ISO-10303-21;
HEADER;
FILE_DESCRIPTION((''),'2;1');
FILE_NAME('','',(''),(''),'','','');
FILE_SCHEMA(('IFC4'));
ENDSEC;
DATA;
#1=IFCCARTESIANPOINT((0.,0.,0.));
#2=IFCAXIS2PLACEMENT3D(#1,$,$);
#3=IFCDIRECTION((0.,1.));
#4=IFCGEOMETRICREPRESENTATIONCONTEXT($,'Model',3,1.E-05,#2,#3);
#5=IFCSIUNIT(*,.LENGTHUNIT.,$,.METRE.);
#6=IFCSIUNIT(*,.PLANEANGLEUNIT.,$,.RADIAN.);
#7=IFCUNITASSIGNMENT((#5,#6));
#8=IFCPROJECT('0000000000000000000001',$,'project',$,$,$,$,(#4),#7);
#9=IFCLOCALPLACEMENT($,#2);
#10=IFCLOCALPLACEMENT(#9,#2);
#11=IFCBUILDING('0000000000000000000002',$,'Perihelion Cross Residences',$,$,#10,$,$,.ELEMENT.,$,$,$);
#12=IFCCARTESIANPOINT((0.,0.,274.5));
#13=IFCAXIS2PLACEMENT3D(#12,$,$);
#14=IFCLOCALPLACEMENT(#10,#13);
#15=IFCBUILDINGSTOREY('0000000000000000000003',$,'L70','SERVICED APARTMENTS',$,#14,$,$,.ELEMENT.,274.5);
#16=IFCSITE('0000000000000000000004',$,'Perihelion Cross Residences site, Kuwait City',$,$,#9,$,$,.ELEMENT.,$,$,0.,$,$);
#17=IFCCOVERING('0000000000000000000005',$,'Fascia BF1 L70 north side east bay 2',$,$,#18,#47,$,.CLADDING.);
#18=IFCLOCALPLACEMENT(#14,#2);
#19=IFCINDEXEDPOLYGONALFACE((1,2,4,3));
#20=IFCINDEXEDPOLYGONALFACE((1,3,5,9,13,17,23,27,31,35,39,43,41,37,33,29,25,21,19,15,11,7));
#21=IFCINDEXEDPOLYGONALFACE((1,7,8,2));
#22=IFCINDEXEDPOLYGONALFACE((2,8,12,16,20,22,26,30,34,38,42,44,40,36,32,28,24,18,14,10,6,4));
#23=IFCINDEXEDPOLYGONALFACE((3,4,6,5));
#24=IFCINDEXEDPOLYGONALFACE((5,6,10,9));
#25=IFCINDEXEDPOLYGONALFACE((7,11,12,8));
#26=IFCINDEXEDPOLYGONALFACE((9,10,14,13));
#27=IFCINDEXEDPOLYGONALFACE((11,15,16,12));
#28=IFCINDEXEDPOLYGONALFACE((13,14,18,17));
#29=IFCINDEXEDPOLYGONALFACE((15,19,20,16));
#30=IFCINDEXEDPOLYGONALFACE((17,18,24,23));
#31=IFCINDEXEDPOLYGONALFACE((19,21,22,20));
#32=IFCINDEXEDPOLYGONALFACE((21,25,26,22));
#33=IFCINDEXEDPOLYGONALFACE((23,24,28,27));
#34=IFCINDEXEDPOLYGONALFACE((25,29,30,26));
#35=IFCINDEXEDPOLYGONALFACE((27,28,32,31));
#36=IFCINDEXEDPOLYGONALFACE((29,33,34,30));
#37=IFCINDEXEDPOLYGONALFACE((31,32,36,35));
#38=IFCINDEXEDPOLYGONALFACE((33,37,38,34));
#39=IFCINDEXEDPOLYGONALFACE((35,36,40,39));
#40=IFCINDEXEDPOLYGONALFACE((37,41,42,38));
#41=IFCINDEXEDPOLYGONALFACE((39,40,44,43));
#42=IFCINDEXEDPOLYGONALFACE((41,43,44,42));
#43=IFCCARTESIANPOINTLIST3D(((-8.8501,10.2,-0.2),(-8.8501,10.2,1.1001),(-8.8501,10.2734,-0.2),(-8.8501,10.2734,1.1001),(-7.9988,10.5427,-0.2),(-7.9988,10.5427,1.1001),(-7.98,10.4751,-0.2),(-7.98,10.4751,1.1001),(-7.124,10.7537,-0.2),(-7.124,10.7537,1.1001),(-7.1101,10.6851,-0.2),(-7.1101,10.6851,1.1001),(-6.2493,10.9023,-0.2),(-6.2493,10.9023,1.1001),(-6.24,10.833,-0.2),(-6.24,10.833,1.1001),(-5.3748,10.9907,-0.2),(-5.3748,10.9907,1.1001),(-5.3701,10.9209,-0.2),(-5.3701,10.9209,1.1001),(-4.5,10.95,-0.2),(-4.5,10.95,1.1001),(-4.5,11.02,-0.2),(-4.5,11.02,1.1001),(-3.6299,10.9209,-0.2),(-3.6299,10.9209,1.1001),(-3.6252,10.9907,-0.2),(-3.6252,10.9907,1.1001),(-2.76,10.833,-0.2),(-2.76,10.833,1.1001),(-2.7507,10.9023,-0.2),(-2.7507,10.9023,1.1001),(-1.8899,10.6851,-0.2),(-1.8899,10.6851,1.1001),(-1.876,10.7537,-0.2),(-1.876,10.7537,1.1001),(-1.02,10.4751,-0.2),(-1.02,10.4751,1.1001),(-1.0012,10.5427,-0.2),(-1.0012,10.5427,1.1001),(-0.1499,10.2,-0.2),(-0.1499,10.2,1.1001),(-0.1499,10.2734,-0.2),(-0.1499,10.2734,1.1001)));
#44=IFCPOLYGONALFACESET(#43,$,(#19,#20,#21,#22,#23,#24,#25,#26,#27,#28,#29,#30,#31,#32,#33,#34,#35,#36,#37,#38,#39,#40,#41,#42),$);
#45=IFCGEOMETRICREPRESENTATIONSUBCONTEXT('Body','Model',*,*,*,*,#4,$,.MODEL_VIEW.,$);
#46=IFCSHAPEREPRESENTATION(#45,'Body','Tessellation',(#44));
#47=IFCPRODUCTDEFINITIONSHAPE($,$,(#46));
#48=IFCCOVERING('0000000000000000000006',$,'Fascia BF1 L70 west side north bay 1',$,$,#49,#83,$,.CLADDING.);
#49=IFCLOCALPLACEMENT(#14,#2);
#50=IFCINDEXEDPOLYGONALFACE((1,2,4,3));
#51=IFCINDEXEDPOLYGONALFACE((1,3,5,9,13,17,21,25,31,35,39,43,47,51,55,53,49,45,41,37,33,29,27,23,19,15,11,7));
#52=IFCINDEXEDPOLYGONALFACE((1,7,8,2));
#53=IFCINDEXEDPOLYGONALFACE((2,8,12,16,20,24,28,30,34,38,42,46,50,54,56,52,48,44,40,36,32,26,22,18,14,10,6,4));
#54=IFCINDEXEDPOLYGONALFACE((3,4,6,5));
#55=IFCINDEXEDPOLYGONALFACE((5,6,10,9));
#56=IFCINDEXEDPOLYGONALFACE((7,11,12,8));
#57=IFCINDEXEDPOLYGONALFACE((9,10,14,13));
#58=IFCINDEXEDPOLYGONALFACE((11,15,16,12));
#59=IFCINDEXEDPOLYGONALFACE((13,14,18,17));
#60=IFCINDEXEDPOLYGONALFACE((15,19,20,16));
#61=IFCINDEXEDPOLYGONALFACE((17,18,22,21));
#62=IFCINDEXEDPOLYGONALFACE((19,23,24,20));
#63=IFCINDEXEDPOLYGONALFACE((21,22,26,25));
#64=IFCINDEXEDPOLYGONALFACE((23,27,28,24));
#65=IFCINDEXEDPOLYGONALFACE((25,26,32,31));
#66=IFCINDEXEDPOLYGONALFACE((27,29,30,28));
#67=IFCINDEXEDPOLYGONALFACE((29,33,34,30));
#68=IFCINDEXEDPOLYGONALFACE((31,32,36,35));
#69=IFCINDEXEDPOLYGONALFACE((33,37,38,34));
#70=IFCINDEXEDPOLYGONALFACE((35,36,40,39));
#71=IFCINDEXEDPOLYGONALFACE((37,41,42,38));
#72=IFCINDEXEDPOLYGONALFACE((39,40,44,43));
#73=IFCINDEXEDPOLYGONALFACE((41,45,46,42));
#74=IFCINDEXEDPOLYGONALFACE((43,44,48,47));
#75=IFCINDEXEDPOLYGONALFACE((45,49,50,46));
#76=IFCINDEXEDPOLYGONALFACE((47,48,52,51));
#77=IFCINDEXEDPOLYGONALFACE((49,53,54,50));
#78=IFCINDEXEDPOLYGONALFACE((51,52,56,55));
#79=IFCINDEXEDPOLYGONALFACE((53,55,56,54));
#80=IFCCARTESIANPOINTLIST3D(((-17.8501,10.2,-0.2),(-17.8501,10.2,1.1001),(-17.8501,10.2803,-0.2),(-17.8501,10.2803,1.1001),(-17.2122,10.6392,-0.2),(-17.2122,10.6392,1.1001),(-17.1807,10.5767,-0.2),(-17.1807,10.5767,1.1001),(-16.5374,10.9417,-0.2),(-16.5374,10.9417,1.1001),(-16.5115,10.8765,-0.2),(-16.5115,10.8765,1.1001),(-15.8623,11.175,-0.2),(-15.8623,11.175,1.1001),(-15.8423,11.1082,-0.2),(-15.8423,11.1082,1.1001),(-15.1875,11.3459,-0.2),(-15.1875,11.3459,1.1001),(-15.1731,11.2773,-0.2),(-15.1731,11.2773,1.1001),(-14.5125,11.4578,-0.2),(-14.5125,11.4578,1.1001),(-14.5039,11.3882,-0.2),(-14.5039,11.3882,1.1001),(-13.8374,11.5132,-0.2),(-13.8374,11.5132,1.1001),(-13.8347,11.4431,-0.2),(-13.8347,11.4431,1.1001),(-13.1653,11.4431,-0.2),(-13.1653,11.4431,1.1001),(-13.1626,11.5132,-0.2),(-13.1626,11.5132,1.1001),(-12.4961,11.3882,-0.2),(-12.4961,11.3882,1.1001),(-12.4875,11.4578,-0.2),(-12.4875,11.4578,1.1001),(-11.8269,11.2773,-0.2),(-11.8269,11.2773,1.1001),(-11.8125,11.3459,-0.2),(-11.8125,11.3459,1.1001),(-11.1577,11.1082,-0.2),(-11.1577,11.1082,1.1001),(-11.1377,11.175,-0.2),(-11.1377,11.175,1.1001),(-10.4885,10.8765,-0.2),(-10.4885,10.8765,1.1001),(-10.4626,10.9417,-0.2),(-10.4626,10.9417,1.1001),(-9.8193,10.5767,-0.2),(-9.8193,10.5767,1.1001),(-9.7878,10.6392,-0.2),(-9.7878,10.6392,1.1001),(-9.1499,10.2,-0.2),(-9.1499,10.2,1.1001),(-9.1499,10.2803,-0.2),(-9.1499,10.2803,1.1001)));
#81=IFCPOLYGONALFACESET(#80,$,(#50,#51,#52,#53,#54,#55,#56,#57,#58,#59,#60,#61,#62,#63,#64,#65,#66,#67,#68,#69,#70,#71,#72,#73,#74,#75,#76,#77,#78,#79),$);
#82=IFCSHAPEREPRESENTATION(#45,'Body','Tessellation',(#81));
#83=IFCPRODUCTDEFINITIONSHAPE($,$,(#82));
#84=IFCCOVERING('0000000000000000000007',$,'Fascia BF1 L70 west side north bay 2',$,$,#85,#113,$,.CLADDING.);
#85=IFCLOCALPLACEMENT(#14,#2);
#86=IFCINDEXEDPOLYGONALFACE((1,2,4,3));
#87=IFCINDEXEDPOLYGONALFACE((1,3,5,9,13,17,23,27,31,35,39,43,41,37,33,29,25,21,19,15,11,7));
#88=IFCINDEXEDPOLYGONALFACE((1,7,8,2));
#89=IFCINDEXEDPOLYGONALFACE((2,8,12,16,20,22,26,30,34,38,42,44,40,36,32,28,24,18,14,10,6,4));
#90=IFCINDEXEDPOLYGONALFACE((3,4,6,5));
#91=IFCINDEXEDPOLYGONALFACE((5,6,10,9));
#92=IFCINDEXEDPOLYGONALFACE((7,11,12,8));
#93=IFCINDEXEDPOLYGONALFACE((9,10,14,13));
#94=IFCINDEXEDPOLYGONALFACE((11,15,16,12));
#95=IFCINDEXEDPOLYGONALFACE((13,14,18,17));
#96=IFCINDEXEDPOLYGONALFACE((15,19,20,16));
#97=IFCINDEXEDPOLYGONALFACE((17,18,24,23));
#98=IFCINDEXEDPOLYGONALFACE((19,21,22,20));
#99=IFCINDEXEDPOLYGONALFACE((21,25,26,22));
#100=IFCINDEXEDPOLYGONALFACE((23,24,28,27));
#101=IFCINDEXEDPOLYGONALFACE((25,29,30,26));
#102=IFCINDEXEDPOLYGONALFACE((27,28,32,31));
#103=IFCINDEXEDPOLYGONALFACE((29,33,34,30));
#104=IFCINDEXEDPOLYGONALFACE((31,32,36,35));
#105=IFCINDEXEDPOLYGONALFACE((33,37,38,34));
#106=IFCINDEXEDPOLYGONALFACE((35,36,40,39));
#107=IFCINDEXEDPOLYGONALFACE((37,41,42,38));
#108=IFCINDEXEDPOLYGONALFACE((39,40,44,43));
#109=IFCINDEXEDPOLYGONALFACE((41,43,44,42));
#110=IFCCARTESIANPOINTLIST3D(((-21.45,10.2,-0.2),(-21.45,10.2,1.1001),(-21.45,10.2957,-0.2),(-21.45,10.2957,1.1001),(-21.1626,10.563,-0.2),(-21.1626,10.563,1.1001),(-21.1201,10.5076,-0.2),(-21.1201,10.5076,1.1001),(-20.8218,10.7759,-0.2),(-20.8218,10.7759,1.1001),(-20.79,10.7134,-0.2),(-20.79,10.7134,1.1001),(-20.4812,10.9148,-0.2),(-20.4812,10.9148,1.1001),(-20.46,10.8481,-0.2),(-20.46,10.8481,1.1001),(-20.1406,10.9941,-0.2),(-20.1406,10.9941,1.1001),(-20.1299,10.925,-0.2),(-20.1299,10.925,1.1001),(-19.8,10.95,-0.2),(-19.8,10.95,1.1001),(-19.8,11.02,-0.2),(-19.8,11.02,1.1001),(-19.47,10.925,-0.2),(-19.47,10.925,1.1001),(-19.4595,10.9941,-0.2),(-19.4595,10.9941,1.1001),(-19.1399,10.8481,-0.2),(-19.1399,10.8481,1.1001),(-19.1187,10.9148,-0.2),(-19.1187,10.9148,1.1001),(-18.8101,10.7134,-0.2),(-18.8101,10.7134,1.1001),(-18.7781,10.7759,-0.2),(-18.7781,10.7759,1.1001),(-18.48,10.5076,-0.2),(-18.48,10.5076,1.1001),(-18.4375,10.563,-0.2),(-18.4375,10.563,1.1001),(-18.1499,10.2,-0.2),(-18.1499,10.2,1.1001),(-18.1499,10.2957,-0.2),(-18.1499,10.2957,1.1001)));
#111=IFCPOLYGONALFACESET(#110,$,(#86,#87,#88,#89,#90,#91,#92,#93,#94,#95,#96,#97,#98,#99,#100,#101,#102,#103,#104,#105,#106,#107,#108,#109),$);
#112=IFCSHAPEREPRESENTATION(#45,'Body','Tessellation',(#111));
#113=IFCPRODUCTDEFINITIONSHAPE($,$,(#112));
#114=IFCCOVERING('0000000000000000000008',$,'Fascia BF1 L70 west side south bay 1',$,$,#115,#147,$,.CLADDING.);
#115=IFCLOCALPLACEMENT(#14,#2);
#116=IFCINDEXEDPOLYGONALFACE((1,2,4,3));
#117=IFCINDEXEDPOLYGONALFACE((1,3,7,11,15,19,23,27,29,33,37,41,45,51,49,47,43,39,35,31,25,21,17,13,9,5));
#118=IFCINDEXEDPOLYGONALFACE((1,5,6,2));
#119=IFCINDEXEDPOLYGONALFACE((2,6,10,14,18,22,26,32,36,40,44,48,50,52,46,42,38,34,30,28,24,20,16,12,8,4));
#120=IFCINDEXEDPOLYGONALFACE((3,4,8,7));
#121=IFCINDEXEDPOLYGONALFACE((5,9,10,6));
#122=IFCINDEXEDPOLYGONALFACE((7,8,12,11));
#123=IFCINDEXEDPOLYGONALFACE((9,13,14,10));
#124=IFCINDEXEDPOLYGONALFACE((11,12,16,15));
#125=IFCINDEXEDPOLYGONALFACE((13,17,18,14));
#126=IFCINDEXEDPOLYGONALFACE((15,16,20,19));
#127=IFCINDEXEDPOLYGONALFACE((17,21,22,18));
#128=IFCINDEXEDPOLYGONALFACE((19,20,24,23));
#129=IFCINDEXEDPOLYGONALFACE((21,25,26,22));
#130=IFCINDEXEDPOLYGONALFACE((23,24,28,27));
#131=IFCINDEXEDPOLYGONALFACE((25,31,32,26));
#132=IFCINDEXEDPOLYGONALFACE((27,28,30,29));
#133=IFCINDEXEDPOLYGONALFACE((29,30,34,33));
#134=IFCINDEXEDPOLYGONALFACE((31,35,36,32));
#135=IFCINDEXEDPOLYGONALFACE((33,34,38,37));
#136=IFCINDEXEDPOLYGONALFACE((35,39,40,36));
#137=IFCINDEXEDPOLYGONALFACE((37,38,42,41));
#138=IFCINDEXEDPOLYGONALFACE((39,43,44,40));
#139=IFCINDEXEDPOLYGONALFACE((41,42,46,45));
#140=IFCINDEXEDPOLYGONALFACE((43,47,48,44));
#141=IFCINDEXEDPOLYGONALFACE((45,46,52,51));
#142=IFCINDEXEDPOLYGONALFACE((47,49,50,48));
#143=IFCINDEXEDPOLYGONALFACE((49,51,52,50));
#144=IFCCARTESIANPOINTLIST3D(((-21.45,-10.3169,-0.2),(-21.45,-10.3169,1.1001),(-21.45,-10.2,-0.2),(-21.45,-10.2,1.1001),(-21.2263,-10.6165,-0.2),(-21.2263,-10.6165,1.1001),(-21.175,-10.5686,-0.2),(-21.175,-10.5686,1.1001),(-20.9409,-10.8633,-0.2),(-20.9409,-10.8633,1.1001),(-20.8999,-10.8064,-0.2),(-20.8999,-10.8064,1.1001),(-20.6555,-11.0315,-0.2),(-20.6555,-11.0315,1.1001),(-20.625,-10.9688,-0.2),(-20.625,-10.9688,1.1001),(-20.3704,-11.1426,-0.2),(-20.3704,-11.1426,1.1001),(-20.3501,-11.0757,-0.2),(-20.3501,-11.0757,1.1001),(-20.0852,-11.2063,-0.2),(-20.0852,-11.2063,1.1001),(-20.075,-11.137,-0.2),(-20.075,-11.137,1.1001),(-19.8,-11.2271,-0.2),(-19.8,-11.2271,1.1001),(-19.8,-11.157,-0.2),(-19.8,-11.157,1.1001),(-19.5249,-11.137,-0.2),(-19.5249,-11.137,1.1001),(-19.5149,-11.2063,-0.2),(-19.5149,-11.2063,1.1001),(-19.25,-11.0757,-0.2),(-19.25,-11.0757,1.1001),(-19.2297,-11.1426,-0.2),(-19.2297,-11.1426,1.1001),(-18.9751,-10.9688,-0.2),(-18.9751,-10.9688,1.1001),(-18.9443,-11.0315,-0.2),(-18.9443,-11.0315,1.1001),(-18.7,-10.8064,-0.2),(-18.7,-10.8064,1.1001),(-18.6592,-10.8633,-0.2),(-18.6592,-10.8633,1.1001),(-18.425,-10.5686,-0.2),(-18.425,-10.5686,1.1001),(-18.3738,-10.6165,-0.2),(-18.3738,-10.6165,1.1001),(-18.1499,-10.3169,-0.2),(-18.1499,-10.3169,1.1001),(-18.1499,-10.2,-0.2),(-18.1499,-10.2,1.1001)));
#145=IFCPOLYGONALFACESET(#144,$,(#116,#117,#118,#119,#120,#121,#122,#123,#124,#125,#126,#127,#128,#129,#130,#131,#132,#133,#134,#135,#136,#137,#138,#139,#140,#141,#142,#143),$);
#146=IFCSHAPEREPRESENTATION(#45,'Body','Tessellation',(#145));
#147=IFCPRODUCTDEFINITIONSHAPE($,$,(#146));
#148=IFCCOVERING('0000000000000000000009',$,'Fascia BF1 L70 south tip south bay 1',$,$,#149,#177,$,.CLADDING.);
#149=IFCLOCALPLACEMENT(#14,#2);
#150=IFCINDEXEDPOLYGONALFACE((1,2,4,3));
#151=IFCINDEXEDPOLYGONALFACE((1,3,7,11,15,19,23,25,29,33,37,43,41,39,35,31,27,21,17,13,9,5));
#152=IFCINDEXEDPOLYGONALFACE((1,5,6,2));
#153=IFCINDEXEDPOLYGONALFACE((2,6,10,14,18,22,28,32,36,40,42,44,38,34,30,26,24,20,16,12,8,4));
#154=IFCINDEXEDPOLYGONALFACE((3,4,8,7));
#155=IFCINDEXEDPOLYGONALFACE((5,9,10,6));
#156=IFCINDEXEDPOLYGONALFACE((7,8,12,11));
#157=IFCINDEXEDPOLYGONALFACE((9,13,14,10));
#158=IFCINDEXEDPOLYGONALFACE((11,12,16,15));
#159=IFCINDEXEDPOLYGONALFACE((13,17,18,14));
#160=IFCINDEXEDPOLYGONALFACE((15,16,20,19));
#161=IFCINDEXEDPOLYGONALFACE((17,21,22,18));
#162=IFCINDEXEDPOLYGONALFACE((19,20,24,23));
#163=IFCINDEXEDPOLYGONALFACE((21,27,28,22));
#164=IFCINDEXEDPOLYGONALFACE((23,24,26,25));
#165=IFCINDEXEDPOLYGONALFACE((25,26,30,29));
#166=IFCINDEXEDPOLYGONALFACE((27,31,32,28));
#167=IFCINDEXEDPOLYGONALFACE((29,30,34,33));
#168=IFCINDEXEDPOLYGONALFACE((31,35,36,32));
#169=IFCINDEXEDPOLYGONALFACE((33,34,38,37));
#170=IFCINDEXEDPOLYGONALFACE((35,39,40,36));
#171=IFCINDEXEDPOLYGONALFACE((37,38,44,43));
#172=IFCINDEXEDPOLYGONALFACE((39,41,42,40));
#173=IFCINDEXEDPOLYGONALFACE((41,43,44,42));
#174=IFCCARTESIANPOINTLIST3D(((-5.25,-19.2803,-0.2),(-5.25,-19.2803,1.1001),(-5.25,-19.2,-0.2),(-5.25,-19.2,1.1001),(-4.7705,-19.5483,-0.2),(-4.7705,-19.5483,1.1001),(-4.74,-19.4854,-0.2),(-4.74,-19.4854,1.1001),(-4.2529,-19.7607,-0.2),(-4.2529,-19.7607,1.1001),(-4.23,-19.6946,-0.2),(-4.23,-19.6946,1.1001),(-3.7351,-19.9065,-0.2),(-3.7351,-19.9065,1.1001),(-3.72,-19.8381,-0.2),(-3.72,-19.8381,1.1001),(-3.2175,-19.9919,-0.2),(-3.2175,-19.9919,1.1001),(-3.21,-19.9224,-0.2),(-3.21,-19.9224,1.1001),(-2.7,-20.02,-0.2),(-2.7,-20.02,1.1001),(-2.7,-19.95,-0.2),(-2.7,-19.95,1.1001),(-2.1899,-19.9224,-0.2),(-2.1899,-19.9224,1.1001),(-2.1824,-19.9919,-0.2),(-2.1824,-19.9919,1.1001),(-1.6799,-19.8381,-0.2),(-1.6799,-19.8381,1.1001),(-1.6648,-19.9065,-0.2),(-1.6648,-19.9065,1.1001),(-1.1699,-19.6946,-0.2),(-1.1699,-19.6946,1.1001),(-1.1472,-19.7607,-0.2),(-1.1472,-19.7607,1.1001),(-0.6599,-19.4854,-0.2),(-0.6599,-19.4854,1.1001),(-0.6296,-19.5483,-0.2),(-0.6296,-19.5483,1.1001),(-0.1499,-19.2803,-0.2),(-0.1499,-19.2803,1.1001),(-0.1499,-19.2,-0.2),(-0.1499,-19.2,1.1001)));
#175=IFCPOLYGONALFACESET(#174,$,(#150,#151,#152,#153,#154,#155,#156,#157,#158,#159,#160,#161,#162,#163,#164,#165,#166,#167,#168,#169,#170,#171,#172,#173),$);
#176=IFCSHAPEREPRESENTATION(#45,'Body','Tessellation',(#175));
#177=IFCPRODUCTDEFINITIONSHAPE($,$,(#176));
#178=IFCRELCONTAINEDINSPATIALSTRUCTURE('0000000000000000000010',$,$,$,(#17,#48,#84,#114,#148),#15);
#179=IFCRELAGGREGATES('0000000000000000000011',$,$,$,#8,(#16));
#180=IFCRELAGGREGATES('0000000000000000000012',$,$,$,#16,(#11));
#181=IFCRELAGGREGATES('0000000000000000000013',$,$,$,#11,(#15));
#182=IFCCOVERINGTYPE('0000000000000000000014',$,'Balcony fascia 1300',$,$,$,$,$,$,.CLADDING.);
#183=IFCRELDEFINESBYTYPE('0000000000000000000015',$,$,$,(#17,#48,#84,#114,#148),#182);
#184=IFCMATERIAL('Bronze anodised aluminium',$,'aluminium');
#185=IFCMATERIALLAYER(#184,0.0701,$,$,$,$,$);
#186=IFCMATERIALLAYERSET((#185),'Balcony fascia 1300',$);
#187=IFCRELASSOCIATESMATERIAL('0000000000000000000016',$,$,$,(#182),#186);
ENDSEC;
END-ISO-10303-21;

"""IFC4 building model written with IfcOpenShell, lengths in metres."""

from ifc_helpers import new_model, si_unit, direction, frame, origin, place, context, subcontext, project, spatial, polyline, outline, extrude, material, layer, layer_set, type_object, element, save


model = new_model("IFC4")

# Units and contexts
model_context = context("Model", 3, precision=1e-05, world=origin(), true_north=direction((0.0, 1.0)))
body_context = subcontext(model_context, "Body", "Model", "MODEL_VIEW")
ifc_project = project(units=[si_unit("LENGTHUNIT", "METRE"), si_unit("PLANEANGLEUNIT", "RADIAN")], contexts=[model_context])

# Site, building, storey
site_placement = place(None, origin())
site = spatial("IfcSite", under=ifc_project, at=site_placement, Name="Perihelion Cross Residences site, Kuwait City", CompositionType="ELEMENT", RefElevation=0.0)
building_placement = place(site_placement, origin())
building = spatial("IfcBuilding", under=site, at=building_placement, Name="Perihelion Cross Residences", CompositionType="ELEMENT")
storey_placement = place(building_placement, frame((0.0, 0.0, 274.5)))
storey = spatial("IfcBuildingStorey", under=building, at=storey_placement, Name="L70", Description="SERVICED APARTMENTS", CompositionType="ELEMENT", Elevation=274.5)

# Coverings
ifc_material_1 = material(Name="Bronze anodised aluminium", Category="aluminium")
ifc_layer_1 = layer(ifc_material_1, 0.0701)
ifc_layer_set_1 = layer_set([ifc_layer_1], Name="Balcony fascia 1300")
covering_type = type_object("IfcCoveringType", Name="Balcony fascia 1300", PredefinedType="CLADDING", material=ifc_layer_set_1)
covering_1_placement = place(storey_placement, frame((0.0, 0.0, -0.2)))
element("IfcCovering", 1, at=covering_1_placement, inside=storey, type_object=covering_type, Name="Fascia BF1 L70 north side east bay 2", PredefinedType="CLADDING", context=body_context, shape_type="SweptSolid", body=[
    extrude(outline(polyline([(-1.0012, 10.5427), (-1.876, 10.7537), (-2.7507, 10.9023), (-3.6252, 10.9907), (-4.5, 11.02), (-5.3748, 10.9907), (-6.2493, 10.9023), (-7.124, 10.7537), (-7.9988, 10.5427), (-8.8501, 10.2734), (-8.8501, 10.2), (-7.98, 10.4751), (-7.1101, 10.6851), (-6.24, 10.833), (-5.3701, 10.9209), (-4.5, 10.95), (-3.6299, 10.9209), (-2.76, 10.833), (-1.8899, 10.6851), (-1.02, 10.4751), (-0.1499, 10.2), (-0.1499, 10.2734), (-1.0012, 10.5427)])), origin(), (0.0, 0.0, 1.0), 1.3),
])
covering_2_placement = place(storey_placement, frame((0.0, 0.0, -0.2)))
element("IfcCovering", 2, at=covering_2_placement, inside=storey, type_object=covering_type, Name="Fascia BF1 L70 west side north bay 1", PredefinedType="CLADDING", context=body_context, shape_type="SweptSolid", body=[
    extrude(outline(polyline([(-9.7878, 10.6392), (-10.4626, 10.9417), (-11.1377, 11.175), (-11.8125, 11.3459), (-12.4875, 11.4578), (-13.1626, 11.5132), (-13.8374, 11.5132), (-14.5125, 11.4578), (-15.1875, 11.3459), (-15.8623, 11.175), (-16.5374, 10.9417), (-17.2122, 10.6392), (-17.8501, 10.2803), (-17.8501, 10.2), (-17.1807, 10.5767), (-16.5115, 10.8765), (-15.8423, 11.1082), (-15.1731, 11.2773), (-14.5039, 11.3882), (-13.8347, 11.4431), (-13.1653, 11.4431), (-12.4961, 11.3882), (-11.8269, 11.2773), (-11.1577, 11.1082), (-10.4885, 10.8765), (-9.8193, 10.5767), (-9.1499, 10.2), (-9.1499, 10.2803), (-9.7878, 10.6392)])), origin(), (0.0, 0.0, 1.0), 1.3),
])
covering_3_placement = place(storey_placement, frame((0.0, 0.0, -0.2)))
element("IfcCovering", 3, at=covering_3_placement, inside=storey, type_object=covering_type, Name="Fascia BF1 L70 west side north bay 2", PredefinedType="CLADDING", context=body_context, shape_type="SweptSolid", body=[
    extrude(outline(polyline([(-18.4375, 10.563), (-18.7781, 10.7759), (-19.1187, 10.9148), (-19.4595, 10.9941), (-19.8, 11.02), (-20.1406, 10.9941), (-20.4812, 10.9148), (-20.8218, 10.7759), (-21.1626, 10.563), (-21.45, 10.2957), (-21.45, 10.2), (-21.1201, 10.5076), (-20.79, 10.7134), (-20.46, 10.8481), (-20.1299, 10.925), (-19.8, 10.95), (-19.47, 10.925), (-19.1399, 10.8481), (-18.8101, 10.7134), (-18.48, 10.5076), (-18.1499, 10.2), (-18.1499, 10.2957), (-18.4375, 10.563)])), origin(), (0.0, 0.0, 1.0), 1.3),
])
covering_4_placement = place(storey_placement, frame((0.0, 0.0, -0.2)))
element("IfcCovering", 4, at=covering_4_placement, inside=storey, type_object=covering_type, Name="Fascia BF1 L70 west side south bay 1", PredefinedType="CLADDING", context=body_context, shape_type="SweptSolid", body=[
    extrude(outline(polyline([(-21.2263, -10.6165), (-20.9409, -10.8633), (-20.6555, -11.0315), (-20.3704, -11.1426), (-20.0852, -11.2063), (-19.8, -11.2271), (-19.5149, -11.2063), (-19.2297, -11.1426), (-18.9443, -11.0315), (-18.6592, -10.8633), (-18.3738, -10.6165), (-18.1499, -10.3169), (-18.1499, -10.2), (-18.425, -10.5686), (-18.7, -10.8064), (-18.9751, -10.9688), (-19.25, -11.0757), (-19.5249, -11.137), (-19.8, -11.157), (-20.075, -11.137), (-20.3501, -11.0757), (-20.625, -10.9688), (-20.8999, -10.8064), (-21.175, -10.5686), (-21.45, -10.2), (-21.45, -10.3169), (-21.2263, -10.6165)])), origin(), (0.0, 0.0, 1.0), 1.3),
])
covering_5_placement = place(storey_placement, frame((0.0, 0.0, -0.2)))
element("IfcCovering", 5, at=covering_5_placement, inside=storey, type_object=covering_type, Name="Fascia BF1 L70 south tip south bay 1", PredefinedType="CLADDING", context=body_context, shape_type="SweptSolid", body=[
    extrude(outline(polyline([(-4.7705, -19.5483), (-4.2529, -19.7607), (-3.7351, -19.9065), (-3.2175, -19.9919), (-2.7, -20.02), (-2.1824, -19.9919), (-1.6648, -19.9065), (-1.1472, -19.7607), (-0.6296, -19.5483), (-0.1499, -19.2803), (-0.1499, -19.2), (-0.6599, -19.4854), (-1.1699, -19.6946), (-1.6799, -19.8381), (-2.1899, -19.9224), (-2.7, -19.95), (-3.21, -19.9224), (-3.72, -19.8381), (-4.23, -19.6946), (-4.74, -19.4854), (-5.25, -19.2), (-5.25, -19.2803), (-4.7705, -19.5483)])), origin(), (0.0, 0.0, 1.0), 1.3),
])

save(model, "model.ifc")
